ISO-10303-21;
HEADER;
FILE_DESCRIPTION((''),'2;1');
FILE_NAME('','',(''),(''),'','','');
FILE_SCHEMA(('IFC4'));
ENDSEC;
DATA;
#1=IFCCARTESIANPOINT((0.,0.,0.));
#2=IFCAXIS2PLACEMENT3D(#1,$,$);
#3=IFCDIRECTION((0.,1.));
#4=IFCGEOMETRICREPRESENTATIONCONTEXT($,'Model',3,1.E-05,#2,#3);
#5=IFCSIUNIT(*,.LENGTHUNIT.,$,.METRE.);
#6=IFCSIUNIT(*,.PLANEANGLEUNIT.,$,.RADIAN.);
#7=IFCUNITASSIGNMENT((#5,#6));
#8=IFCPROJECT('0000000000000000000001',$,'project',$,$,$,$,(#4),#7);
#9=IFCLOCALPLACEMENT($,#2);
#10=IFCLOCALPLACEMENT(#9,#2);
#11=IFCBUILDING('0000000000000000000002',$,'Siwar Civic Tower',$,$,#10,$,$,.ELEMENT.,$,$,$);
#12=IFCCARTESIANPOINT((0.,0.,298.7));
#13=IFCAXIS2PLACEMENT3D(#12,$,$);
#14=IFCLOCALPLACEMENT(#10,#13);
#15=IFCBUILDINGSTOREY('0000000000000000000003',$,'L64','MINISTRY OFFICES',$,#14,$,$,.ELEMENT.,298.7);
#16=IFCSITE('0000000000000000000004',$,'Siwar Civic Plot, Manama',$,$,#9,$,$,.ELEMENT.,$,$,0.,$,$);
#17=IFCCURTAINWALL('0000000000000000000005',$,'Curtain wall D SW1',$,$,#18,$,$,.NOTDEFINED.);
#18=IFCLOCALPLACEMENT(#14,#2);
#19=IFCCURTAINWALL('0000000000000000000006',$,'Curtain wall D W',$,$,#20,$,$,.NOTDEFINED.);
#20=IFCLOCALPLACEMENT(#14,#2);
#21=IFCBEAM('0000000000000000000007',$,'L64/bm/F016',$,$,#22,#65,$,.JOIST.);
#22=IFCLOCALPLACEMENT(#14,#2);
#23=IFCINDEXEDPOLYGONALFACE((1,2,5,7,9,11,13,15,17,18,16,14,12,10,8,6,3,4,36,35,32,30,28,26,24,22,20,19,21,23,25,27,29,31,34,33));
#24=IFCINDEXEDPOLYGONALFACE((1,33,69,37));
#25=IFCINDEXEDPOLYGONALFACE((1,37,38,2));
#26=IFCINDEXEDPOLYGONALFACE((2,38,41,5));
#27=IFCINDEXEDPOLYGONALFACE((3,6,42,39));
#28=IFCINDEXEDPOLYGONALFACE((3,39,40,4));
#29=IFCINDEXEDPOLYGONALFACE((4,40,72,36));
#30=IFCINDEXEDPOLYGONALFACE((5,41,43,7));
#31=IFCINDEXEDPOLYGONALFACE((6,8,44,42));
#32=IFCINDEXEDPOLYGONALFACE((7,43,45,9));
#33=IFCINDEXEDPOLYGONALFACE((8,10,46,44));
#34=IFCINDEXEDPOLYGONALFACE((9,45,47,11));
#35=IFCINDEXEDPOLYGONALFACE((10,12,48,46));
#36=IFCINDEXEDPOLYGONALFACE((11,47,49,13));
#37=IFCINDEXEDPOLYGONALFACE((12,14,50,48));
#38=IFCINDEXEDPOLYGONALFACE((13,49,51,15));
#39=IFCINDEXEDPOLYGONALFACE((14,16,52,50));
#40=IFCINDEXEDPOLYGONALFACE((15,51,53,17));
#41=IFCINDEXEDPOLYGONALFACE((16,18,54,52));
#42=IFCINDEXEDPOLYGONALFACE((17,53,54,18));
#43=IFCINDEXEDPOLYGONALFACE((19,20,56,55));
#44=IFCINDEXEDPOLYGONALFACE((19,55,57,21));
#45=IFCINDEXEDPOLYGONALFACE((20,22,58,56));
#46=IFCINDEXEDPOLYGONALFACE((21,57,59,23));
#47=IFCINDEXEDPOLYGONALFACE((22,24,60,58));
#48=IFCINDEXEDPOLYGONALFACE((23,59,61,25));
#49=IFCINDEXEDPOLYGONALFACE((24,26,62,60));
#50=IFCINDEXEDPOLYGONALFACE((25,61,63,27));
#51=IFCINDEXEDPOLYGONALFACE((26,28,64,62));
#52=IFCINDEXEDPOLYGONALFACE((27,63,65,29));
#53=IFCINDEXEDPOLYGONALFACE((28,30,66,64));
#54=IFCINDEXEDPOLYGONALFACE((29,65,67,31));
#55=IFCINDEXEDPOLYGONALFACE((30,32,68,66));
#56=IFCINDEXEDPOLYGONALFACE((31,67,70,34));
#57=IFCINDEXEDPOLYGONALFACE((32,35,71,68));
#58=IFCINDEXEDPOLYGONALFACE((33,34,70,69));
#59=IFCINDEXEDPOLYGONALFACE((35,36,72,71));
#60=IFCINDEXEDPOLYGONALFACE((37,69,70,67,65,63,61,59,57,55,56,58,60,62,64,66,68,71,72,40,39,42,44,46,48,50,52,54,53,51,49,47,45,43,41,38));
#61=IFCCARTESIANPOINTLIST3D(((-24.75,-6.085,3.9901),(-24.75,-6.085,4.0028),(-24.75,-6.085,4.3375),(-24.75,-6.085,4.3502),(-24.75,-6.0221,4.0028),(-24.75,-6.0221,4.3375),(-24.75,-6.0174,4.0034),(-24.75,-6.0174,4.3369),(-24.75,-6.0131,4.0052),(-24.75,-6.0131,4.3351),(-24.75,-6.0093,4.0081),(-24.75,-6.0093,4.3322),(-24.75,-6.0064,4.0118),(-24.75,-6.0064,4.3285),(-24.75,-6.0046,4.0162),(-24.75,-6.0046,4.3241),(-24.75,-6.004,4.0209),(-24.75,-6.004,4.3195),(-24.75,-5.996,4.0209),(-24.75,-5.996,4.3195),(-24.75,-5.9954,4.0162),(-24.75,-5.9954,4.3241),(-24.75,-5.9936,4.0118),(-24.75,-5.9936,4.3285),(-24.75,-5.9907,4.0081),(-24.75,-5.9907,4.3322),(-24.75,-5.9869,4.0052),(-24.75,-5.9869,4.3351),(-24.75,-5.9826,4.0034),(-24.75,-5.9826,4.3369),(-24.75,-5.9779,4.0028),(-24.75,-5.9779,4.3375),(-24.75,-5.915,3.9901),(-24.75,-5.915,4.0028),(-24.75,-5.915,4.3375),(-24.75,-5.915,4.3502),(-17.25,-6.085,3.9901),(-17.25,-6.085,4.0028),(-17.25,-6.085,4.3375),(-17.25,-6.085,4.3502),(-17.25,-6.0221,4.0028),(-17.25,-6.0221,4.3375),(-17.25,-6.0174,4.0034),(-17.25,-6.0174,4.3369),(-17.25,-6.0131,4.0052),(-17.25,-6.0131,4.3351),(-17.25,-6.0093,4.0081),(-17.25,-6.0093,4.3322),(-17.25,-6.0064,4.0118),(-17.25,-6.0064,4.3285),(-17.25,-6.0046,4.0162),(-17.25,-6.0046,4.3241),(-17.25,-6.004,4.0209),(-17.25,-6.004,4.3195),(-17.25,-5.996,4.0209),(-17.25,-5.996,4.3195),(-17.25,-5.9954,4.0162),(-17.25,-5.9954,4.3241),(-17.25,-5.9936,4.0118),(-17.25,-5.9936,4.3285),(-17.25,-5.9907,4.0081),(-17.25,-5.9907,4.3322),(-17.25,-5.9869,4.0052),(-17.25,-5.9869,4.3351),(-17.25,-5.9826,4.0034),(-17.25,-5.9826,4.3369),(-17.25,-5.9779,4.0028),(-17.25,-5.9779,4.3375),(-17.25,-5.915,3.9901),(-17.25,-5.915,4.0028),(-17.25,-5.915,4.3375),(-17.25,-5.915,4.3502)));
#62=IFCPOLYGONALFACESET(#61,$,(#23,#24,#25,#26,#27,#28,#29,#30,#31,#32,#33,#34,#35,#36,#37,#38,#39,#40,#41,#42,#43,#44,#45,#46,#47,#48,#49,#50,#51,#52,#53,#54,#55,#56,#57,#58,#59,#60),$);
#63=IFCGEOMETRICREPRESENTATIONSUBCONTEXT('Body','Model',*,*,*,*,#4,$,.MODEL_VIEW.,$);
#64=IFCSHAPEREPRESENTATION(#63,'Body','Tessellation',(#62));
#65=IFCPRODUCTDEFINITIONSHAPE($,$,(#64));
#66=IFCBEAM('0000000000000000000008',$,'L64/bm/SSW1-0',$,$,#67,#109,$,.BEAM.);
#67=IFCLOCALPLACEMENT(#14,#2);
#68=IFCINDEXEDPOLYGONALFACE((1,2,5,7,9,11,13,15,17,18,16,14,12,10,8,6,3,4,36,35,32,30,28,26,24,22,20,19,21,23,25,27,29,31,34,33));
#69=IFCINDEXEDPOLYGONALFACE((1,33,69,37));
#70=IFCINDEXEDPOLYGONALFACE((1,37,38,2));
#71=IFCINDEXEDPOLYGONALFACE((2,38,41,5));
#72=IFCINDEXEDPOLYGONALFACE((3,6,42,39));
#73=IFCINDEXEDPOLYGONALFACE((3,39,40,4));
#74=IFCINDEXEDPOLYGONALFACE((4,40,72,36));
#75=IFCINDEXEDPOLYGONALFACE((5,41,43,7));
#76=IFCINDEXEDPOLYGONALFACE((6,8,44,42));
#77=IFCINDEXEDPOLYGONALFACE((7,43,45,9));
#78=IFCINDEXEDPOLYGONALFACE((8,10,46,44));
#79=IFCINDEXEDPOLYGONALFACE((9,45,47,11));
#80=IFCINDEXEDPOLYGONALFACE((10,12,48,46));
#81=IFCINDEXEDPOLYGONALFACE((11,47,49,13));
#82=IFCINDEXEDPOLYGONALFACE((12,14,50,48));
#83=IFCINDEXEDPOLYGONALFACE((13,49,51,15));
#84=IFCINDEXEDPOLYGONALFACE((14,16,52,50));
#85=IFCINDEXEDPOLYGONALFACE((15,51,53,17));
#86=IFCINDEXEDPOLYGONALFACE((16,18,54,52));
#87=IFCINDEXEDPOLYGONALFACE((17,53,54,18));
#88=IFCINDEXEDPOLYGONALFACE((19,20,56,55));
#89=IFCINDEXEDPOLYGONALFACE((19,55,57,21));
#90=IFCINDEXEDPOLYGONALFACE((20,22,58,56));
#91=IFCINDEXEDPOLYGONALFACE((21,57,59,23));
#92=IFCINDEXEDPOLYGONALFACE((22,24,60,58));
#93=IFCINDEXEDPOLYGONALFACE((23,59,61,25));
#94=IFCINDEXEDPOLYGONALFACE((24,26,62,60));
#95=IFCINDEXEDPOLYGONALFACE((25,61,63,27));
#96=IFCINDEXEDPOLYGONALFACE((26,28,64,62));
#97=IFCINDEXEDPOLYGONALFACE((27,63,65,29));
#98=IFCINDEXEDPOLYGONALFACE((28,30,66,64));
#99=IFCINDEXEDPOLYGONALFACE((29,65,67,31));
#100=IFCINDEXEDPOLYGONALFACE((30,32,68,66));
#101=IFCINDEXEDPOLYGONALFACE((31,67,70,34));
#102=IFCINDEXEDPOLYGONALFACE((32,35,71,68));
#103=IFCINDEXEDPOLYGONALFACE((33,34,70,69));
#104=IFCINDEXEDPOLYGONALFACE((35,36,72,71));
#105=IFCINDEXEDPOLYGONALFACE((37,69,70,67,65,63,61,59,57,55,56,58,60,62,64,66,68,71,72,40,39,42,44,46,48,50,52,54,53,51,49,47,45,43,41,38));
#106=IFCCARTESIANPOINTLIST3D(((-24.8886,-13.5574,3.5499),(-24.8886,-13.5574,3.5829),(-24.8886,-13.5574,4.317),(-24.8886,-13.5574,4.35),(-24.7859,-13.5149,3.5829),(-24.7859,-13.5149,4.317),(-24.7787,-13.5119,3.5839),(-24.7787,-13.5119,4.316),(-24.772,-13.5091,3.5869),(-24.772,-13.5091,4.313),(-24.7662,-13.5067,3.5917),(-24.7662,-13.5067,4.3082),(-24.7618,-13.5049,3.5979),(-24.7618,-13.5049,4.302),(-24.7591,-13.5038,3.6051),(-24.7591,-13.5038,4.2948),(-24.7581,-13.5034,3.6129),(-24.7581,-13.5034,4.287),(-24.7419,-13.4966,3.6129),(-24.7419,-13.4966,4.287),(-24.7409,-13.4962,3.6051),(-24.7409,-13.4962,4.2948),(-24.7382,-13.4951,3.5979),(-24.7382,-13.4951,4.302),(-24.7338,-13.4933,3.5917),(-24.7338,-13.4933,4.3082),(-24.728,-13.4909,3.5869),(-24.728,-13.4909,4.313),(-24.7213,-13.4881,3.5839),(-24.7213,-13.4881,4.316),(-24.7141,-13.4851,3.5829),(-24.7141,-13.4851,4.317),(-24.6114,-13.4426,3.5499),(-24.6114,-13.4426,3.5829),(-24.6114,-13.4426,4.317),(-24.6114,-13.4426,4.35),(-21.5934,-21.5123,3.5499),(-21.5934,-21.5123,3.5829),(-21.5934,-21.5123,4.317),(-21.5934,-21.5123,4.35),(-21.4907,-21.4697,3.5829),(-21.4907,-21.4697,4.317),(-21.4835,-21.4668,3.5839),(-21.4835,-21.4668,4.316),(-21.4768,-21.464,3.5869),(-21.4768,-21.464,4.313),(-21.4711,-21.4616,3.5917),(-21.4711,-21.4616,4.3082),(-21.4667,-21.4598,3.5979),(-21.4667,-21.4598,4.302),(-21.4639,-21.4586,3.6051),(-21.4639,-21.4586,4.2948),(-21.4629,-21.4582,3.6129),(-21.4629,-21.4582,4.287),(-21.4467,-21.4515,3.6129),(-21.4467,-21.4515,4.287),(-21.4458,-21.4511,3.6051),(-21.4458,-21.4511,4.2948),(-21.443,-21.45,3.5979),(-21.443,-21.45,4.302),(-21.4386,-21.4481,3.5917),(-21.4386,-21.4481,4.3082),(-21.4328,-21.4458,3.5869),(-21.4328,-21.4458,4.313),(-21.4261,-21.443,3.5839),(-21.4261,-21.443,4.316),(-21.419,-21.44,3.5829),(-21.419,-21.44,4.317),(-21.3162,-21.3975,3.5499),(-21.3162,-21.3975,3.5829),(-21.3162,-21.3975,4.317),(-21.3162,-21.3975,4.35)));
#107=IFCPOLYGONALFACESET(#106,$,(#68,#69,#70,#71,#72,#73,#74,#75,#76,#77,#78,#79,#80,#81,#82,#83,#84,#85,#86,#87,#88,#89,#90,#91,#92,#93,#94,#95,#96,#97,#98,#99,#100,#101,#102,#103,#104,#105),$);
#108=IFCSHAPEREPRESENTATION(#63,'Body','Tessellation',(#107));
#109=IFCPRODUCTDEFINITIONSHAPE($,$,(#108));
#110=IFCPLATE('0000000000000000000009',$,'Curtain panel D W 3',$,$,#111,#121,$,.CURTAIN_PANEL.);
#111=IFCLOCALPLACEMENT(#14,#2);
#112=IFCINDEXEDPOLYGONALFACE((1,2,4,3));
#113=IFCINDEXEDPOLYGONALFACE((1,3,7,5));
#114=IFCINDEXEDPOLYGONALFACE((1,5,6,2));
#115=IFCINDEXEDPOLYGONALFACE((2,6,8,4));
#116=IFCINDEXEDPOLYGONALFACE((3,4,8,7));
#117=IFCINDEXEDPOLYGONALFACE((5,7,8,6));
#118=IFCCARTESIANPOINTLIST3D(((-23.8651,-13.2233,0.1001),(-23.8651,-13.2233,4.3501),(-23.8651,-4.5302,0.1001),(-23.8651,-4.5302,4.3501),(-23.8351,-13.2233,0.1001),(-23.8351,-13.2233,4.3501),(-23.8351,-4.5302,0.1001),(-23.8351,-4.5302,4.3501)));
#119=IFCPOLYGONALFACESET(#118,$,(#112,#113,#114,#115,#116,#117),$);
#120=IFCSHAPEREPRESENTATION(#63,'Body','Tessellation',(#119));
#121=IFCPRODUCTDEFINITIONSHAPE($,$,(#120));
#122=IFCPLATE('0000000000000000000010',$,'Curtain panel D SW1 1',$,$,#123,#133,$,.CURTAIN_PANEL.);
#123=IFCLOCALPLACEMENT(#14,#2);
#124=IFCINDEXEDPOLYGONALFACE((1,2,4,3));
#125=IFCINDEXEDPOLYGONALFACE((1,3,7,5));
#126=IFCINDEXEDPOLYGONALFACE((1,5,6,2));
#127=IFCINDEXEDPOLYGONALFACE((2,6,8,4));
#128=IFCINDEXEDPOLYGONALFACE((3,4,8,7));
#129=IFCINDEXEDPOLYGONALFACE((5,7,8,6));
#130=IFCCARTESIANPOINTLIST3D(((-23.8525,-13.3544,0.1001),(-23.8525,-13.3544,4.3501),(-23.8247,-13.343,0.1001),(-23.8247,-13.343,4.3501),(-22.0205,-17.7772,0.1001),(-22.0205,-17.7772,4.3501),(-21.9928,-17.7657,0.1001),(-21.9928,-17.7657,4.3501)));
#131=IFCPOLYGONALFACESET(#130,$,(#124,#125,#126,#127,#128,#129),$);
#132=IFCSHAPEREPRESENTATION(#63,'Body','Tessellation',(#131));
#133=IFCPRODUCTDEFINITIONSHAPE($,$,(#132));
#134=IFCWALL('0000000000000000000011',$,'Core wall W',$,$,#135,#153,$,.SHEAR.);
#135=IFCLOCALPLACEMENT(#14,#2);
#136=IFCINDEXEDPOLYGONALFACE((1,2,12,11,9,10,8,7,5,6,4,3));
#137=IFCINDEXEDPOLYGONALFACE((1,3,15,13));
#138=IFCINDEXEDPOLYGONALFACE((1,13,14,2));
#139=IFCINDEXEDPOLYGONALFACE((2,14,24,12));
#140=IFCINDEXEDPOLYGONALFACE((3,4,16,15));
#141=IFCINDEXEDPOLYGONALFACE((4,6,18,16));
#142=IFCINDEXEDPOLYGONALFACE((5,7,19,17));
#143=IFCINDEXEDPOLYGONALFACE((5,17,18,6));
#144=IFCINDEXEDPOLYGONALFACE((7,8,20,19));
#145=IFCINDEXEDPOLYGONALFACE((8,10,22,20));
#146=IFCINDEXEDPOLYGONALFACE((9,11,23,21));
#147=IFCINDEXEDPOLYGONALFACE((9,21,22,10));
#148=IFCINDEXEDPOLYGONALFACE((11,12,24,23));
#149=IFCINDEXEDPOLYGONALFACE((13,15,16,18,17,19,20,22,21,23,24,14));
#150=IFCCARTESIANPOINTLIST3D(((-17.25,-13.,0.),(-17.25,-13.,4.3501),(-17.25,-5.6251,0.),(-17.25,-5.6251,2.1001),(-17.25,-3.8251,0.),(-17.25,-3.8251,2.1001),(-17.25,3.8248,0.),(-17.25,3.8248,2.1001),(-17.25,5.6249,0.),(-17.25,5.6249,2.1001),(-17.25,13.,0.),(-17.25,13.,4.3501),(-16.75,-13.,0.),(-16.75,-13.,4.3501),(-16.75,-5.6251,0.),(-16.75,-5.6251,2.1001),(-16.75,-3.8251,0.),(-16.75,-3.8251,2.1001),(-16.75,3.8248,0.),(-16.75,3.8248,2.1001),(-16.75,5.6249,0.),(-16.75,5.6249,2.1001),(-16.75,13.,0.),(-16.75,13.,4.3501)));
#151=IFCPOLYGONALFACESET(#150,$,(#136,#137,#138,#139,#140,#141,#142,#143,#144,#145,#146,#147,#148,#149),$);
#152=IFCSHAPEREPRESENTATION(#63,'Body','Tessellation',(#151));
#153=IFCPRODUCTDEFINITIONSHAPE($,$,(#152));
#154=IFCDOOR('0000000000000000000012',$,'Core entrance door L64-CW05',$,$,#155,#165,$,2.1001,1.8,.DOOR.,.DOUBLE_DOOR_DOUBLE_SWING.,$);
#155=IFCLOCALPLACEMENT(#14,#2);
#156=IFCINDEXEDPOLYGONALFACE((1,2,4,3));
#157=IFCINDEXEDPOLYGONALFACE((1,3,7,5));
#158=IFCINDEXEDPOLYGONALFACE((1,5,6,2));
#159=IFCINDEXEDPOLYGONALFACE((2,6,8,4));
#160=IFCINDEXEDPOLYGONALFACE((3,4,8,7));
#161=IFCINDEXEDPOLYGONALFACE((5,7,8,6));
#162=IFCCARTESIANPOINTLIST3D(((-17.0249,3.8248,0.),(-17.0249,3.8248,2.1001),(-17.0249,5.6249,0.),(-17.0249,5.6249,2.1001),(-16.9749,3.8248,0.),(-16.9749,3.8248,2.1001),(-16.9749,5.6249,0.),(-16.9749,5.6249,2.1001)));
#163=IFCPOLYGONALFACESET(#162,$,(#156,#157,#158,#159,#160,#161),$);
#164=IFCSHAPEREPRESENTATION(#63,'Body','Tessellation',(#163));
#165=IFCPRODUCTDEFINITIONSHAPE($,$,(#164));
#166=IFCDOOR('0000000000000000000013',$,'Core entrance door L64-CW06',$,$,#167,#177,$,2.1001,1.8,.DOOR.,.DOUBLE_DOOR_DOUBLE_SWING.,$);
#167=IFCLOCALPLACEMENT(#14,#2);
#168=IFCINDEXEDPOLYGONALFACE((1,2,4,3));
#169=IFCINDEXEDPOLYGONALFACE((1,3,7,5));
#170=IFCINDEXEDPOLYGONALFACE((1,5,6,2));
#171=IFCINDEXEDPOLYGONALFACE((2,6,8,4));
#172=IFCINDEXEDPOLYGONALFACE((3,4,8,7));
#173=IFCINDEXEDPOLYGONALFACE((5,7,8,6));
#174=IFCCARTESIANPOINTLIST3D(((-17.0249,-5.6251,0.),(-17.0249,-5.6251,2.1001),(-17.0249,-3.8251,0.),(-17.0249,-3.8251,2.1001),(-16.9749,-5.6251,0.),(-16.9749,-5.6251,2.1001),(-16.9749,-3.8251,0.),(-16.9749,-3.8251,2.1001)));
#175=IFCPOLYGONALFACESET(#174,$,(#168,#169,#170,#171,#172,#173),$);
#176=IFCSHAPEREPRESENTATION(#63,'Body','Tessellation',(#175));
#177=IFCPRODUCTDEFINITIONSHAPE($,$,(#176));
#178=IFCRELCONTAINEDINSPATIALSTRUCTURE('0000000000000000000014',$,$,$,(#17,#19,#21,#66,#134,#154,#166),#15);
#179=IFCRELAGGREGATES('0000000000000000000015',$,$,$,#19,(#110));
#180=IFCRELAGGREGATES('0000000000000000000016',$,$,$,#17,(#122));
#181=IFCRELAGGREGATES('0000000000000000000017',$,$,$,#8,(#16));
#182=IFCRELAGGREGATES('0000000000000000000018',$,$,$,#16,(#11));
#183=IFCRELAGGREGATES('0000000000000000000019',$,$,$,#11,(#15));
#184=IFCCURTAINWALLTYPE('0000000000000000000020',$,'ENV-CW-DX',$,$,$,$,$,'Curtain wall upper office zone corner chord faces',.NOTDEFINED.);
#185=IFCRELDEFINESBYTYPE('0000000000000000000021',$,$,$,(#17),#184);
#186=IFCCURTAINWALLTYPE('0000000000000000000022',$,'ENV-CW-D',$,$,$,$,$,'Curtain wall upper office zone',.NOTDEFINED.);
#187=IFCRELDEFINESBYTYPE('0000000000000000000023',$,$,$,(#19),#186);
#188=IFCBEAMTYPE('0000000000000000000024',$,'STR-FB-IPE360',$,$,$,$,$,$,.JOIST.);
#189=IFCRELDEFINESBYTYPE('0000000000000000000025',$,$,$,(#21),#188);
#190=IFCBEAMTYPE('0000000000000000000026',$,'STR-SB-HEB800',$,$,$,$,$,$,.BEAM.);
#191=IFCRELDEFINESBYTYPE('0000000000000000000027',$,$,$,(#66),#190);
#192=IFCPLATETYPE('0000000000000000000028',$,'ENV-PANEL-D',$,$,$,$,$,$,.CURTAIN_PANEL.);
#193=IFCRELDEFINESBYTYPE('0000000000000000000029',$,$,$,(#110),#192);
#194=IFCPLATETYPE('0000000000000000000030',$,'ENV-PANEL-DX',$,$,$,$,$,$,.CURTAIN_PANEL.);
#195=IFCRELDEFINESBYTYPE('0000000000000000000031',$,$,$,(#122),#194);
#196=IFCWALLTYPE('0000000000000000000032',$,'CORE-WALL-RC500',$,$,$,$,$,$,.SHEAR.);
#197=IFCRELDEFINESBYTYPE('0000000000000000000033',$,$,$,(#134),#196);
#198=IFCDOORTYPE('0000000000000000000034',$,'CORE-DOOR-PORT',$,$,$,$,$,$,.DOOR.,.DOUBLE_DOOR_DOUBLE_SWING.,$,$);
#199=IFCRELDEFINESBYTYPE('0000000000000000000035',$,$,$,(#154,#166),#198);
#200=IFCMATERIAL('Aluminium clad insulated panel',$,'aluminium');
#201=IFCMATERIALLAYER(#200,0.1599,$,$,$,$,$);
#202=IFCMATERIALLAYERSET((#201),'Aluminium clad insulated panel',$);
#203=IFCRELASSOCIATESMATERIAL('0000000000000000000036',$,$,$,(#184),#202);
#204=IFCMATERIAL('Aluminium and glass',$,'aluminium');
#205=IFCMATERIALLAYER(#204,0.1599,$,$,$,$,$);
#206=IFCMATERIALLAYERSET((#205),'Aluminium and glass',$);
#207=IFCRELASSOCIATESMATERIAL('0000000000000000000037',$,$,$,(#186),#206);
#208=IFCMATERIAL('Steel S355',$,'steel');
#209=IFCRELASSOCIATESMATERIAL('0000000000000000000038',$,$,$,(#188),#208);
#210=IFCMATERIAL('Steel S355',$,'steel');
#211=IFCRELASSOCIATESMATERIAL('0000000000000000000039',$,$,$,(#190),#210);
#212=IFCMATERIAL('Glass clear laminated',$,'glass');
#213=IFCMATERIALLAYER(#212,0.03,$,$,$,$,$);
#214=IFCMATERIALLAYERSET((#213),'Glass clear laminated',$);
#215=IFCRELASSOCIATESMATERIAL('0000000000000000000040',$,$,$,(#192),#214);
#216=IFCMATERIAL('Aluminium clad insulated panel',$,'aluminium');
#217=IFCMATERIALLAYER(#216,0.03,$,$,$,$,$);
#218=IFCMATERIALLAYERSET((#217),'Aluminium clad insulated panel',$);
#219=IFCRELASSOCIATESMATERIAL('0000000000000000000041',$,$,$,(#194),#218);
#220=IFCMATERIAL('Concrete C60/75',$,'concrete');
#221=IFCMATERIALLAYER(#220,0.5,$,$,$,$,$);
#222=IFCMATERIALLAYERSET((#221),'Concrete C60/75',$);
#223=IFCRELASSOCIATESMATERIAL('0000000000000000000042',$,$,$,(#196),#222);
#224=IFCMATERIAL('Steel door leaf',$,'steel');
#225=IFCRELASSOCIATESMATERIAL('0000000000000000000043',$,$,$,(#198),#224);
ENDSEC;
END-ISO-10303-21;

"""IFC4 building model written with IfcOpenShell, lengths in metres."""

from ifc_helpers import new_model, si_unit, direction, frame, frame_2d, origin, origin_2d, place, context, subcontext, project, spatial, rectangle, i_section, extrude, material, layer, layer_set, material_profile, profile_set, type_object, element, fill, aggregate, save


model = new_model("IFC4")

# Units and contexts
model_context = context("Model", 3, precision=1e-05, world=origin(), true_north=direction((0.0, 1.0)))
body_context = subcontext(model_context, "Body", "Model", "MODEL_VIEW")
ifc_project = project(units=[si_unit("LENGTHUNIT", "METRE"), si_unit("PLANEANGLEUNIT", "RADIAN")], contexts=[model_context])

# Site, building, storey
site_placement = place(None, origin())
site = spatial("IfcSite", under=ifc_project, at=site_placement, Name="Siwar Civic Plot, Manama", CompositionType="ELEMENT", RefElevation=0.0)
building_placement = place(site_placement, origin())
building = spatial("IfcBuilding", under=site, at=building_placement, Name="Siwar Civic Tower", CompositionType="ELEMENT")
storey_placement = place(building_placement, frame((0.0, 0.0, 298.7)))
storey = spatial("IfcBuildingStorey", under=building, at=storey_placement, Name="L64", Description="MINISTRY OFFICES", CompositionType="ELEMENT", Elevation=298.7)

# Curtain walls
ifc_material_1 = material(Name="Aluminium clad insulated panel", Category="aluminium")
ifc_layer_1 = layer(ifc_material_1, 0.1599)
ifc_layer_set_1 = layer_set([ifc_layer_1], Name="Aluminium clad insulated panel")
curtain_wall_type_1 = type_object("IfcCurtainWallType", Name="ENV-CW-DX", ElementType="Curtain wall upper office zone corner chord faces", PredefinedType="NOTDEFINED", material=ifc_layer_set_1)
curtain_wall_1_placement = place(storey_placement, origin())
curtain_wall_1 = element("IfcCurtainWall", 1, at=curtain_wall_1_placement, inside=storey, type_object=curtain_wall_type_1, Name="Curtain wall D SW1", PredefinedType="NOTDEFINED")
ifc_material_2 = material(Name="Aluminium and glass", Category="aluminium")
ifc_layer_2 = layer(ifc_material_2, 0.1599)
ifc_layer_set_2 = layer_set([ifc_layer_2], Name="Aluminium and glass")
curtain_wall_type_2 = type_object("IfcCurtainWallType", Name="ENV-CW-D", ElementType="Curtain wall upper office zone", PredefinedType="NOTDEFINED", material=ifc_layer_set_2)
curtain_wall_2_placement = place(storey_placement, origin())
curtain_wall_2 = element("IfcCurtainWall", 2, at=curtain_wall_2_placement, inside=storey, type_object=curtain_wall_type_2, Name="Curtain wall D W", PredefinedType="NOTDEFINED")

# Beams
ifc_material_3 = material(Name="Steel S355", Category="steel")
ifc_material_profile_1 = material_profile(ifc_material_3, i_section(OverallWidth=0.1699, OverallDepth=0.3601, WebThickness=0.0081, FlangeThickness=0.0127, FilletRadius=0.0181, at=origin_2d()), Name="IPE360")
ifc_profile_set_1 = profile_set([ifc_material_profile_1], Name="Steel S355")
beam_type_1 = type_object("IfcBeamType", Name="STR-FB-IPE360", PredefinedType="JOIST", material=ifc_profile_set_1)
for number, where, z_axis, x_axis, name in (
    (3, (-24.75, -6.0, 4.1702), (1.0, 0.0, 0.0), (0.0, 1.0, 0.0), "L64/bm/F016"),
):
    element("IfcBeam", number, at=place(storey_placement, frame(where, z_axis=z_axis, x_axis=x_axis)), inside=storey, type_object=beam_type_1, Name=name, PredefinedType="JOIST", context=body_context, shape_type="SweptSolid", body=[
        extrude(i_section(OverallWidth=0.1699, OverallDepth=0.3601, WebThickness=0.0081, FlangeThickness=0.0127, FilletRadius=0.0181, at=origin_2d()), origin(), (0.0, 0.0, 1.0), 7.5),
    ])
ifc_material_4 = material(Name="Steel S355", Category="steel")
ifc_material_profile_2 = material_profile(ifc_material_4, i_section(OverallWidth=0.3, OverallDepth=0.8, WebThickness=0.0176, FlangeThickness=0.033, FilletRadius=0.03, at=origin_2d()), Name="HEB800")
ifc_profile_set_2 = profile_set([ifc_material_profile_2], Name="Steel S355")
beam_type_2 = type_object("IfcBeamType", Name="STR-SB-HEB800", PredefinedType="BEAM", material=ifc_profile_set_2)
beam_1_placement = place(storey_placement, frame((-24.75, -13.5, 3.95), z_axis=(0.3827, -0.923873, 0.0), x_axis=(0.923873, 0.3827, 0.0)))
element("IfcBeam", 4, at=beam_1_placement, inside=storey, type_object=beam_type_2, Name="L64/bm/SSW1-0", PredefinedType="BEAM", context=body_context, shape_type="SweptSolid", body=[
    extrude(i_section(OverallWidth=0.3, OverallDepth=0.8, WebThickness=0.0176, FlangeThickness=0.033, FilletRadius=0.03, at=origin_2d()), origin(), (0.0, 0.0, 1.0), 8.6104),
])

# Plates
ifc_material_5 = material(Name="Glass clear laminated", Category="glass")
ifc_layer_3 = layer(ifc_material_5, 0.03)
ifc_layer_set_3 = layer_set([ifc_layer_3], Name="Glass clear laminated")
plate_type_1 = type_object("IfcPlateType", Name="ENV-PANEL-D", PredefinedType="CURTAIN_PANEL", material=ifc_layer_set_3)
plate_1_placement = place(storey_placement, frame((-23.8501, -8.8767, 0.1001), z_axis=(0.0, 0.0, 1.0), x_axis=(0.0, -1.0, 0.0)))
plate_1 = element("IfcPlate", 5, at=plate_1_placement, type_object=plate_type_1, Name="Curtain panel D W 3", PredefinedType="CURTAIN_PANEL", context=body_context, shape_type="SweptSolid", body=[
    extrude(rectangle(XDim=8.6931, YDim=0.03, at=origin_2d()), origin(), (0.0, 0.0, 1.0), 4.25),
])
aggregate(curtain_wall_2, [plate_1])
ifc_material_6 = material(Name="Aluminium clad insulated panel", Category="aluminium")
ifc_layer_4 = layer(ifc_material_6, 0.03)
ifc_layer_set_4 = layer_set([ifc_layer_4], Name="Aluminium clad insulated panel")
plate_type_2 = type_object("IfcPlateType", Name="ENV-PANEL-DX", PredefinedType="CURTAIN_PANEL", material=ifc_layer_set_4)
plate_2_placement = place(storey_placement, frame((-22.9226, -15.5601, 0.1001), z_axis=(0.0, 0.0, 1.0), x_axis=(0.382683, -0.92388, 0.0)))
plate_2 = element("IfcPlate", 6, at=plate_2_placement, type_object=plate_type_2, Name="Curtain panel D SW1 1", PredefinedType="CURTAIN_PANEL", context=body_context, shape_type="SweptSolid", body=[
    extrude(rectangle(XDim=4.7871, YDim=0.03, at=origin_2d()), origin(), (0.0, 0.0, 1.0), 4.25),
])
aggregate(curtain_wall_1, [plate_2])

# Wall, openings, doors
ifc_material_7 = material(Name="Concrete C60/75", Category="concrete")
ifc_layer_5 = layer(ifc_material_7, 0.5)
ifc_layer_set_5 = layer_set([ifc_layer_5], Name="Concrete C60/75")
wall_type_1 = type_object("IfcWallType", Name="CORE-WALL-RC500", PredefinedType="SHEAR", material=ifc_layer_set_5)
wall_1_placement = place(storey_placement, frame((-17.0, -13.0, 0.0), z_axis=(0.0, 0.0, 1.0), x_axis=(0.0, 1.0, 0.0)))
wall_1 = element("IfcWall", 7, at=wall_1_placement, inside=storey, type_object=wall_type_1, Name="Core wall W", PredefinedType="SHEAR", context=body_context, shape_type="SweptSolid", body=[
    extrude(rectangle(XDim=26.0, YDim=0.5, at=frame_2d((13.0, 0.0))), origin(), (0.0, 0.0, 1.0), 4.3501),
])
opening_1_placement = place(wall_1_placement, frame((16.825, 0.0, 0.0)))
opening_1 = element("IfcOpeningElement", 8, at=opening_1_placement, cuts=wall_1, PredefinedType="OPENING", context=body_context, shape_type="SweptSolid", body=[
    extrude(rectangle(XDim=1.8, YDim=2.1001, at=frame_2d((0.8999, 1.05))), frame((0.0, 0.26, 0.0), z_axis=(0.0, -1.0, 0.0), x_axis=(1.0, 0.0, 0.0)), (0.0, 0.0, 1.0), 0.52),
])
opening_2_placement = place(wall_1_placement, frame((7.375, 0.0, 0.0)))
opening_2 = element("IfcOpeningElement", 9, at=opening_2_placement, cuts=wall_1, PredefinedType="OPENING", context=body_context, shape_type="SweptSolid", body=[
    extrude(rectangle(XDim=1.8, YDim=2.1001, at=frame_2d((0.8999, 1.05))), frame((0.0, 0.26, 0.0), z_axis=(0.0, -1.0, 0.0), x_axis=(1.0, 0.0, 0.0)), (0.0, 0.0, 1.0), 0.52),
])
ifc_material_8 = material(Name="Steel door leaf", Category="steel")
door_type_1 = type_object("IfcDoorType", Name="CORE-DOOR-PORT", OperationType="DOUBLE_DOOR_DOUBLE_SWING", PredefinedType="DOOR", material=ifc_material_8)
door_1_placement = place(opening_1_placement, origin())
door_1 = element("IfcDoor", 10, at=door_1_placement, inside=storey, type_object=door_type_1, Name="Core entrance door L64-CW05", OperationType="DOUBLE_DOOR_DOUBLE_SWING", OverallHeight=2.1001, OverallWidth=1.8, PredefinedType="DOOR", context=body_context, shape_type="SweptSolid", body=[
    extrude(rectangle(XDim=1.8, YDim=2.1001, at=frame_2d((0.8999, 1.05))), frame((0.0, 0.0249, 0.0), z_axis=(0.0, -1.0, 0.0), x_axis=(1.0, 0.0, 0.0)), (0.0, 0.0, 1.0), 0.05),
])
fill(opening_1, door_1)
door_2_placement = place(opening_2_placement, origin())
door_2 = element("IfcDoor", 11, at=door_2_placement, inside=storey, type_object=door_type_1, Name="Core entrance door L64-CW06", OperationType="DOUBLE_DOOR_DOUBLE_SWING", OverallHeight=2.1001, OverallWidth=1.8, PredefinedType="DOOR", context=body_context, shape_type="SweptSolid", body=[
    extrude(rectangle(XDim=1.8, YDim=2.1001, at=frame_2d((0.8999, 1.05))), frame((0.0, 0.0249, 0.0), z_axis=(0.0, -1.0, 0.0), x_axis=(1.0, 0.0, 0.0)), (0.0, 0.0, 1.0), 0.05),
])
fill(opening_2, door_2)

save(model, "model.ifc")
